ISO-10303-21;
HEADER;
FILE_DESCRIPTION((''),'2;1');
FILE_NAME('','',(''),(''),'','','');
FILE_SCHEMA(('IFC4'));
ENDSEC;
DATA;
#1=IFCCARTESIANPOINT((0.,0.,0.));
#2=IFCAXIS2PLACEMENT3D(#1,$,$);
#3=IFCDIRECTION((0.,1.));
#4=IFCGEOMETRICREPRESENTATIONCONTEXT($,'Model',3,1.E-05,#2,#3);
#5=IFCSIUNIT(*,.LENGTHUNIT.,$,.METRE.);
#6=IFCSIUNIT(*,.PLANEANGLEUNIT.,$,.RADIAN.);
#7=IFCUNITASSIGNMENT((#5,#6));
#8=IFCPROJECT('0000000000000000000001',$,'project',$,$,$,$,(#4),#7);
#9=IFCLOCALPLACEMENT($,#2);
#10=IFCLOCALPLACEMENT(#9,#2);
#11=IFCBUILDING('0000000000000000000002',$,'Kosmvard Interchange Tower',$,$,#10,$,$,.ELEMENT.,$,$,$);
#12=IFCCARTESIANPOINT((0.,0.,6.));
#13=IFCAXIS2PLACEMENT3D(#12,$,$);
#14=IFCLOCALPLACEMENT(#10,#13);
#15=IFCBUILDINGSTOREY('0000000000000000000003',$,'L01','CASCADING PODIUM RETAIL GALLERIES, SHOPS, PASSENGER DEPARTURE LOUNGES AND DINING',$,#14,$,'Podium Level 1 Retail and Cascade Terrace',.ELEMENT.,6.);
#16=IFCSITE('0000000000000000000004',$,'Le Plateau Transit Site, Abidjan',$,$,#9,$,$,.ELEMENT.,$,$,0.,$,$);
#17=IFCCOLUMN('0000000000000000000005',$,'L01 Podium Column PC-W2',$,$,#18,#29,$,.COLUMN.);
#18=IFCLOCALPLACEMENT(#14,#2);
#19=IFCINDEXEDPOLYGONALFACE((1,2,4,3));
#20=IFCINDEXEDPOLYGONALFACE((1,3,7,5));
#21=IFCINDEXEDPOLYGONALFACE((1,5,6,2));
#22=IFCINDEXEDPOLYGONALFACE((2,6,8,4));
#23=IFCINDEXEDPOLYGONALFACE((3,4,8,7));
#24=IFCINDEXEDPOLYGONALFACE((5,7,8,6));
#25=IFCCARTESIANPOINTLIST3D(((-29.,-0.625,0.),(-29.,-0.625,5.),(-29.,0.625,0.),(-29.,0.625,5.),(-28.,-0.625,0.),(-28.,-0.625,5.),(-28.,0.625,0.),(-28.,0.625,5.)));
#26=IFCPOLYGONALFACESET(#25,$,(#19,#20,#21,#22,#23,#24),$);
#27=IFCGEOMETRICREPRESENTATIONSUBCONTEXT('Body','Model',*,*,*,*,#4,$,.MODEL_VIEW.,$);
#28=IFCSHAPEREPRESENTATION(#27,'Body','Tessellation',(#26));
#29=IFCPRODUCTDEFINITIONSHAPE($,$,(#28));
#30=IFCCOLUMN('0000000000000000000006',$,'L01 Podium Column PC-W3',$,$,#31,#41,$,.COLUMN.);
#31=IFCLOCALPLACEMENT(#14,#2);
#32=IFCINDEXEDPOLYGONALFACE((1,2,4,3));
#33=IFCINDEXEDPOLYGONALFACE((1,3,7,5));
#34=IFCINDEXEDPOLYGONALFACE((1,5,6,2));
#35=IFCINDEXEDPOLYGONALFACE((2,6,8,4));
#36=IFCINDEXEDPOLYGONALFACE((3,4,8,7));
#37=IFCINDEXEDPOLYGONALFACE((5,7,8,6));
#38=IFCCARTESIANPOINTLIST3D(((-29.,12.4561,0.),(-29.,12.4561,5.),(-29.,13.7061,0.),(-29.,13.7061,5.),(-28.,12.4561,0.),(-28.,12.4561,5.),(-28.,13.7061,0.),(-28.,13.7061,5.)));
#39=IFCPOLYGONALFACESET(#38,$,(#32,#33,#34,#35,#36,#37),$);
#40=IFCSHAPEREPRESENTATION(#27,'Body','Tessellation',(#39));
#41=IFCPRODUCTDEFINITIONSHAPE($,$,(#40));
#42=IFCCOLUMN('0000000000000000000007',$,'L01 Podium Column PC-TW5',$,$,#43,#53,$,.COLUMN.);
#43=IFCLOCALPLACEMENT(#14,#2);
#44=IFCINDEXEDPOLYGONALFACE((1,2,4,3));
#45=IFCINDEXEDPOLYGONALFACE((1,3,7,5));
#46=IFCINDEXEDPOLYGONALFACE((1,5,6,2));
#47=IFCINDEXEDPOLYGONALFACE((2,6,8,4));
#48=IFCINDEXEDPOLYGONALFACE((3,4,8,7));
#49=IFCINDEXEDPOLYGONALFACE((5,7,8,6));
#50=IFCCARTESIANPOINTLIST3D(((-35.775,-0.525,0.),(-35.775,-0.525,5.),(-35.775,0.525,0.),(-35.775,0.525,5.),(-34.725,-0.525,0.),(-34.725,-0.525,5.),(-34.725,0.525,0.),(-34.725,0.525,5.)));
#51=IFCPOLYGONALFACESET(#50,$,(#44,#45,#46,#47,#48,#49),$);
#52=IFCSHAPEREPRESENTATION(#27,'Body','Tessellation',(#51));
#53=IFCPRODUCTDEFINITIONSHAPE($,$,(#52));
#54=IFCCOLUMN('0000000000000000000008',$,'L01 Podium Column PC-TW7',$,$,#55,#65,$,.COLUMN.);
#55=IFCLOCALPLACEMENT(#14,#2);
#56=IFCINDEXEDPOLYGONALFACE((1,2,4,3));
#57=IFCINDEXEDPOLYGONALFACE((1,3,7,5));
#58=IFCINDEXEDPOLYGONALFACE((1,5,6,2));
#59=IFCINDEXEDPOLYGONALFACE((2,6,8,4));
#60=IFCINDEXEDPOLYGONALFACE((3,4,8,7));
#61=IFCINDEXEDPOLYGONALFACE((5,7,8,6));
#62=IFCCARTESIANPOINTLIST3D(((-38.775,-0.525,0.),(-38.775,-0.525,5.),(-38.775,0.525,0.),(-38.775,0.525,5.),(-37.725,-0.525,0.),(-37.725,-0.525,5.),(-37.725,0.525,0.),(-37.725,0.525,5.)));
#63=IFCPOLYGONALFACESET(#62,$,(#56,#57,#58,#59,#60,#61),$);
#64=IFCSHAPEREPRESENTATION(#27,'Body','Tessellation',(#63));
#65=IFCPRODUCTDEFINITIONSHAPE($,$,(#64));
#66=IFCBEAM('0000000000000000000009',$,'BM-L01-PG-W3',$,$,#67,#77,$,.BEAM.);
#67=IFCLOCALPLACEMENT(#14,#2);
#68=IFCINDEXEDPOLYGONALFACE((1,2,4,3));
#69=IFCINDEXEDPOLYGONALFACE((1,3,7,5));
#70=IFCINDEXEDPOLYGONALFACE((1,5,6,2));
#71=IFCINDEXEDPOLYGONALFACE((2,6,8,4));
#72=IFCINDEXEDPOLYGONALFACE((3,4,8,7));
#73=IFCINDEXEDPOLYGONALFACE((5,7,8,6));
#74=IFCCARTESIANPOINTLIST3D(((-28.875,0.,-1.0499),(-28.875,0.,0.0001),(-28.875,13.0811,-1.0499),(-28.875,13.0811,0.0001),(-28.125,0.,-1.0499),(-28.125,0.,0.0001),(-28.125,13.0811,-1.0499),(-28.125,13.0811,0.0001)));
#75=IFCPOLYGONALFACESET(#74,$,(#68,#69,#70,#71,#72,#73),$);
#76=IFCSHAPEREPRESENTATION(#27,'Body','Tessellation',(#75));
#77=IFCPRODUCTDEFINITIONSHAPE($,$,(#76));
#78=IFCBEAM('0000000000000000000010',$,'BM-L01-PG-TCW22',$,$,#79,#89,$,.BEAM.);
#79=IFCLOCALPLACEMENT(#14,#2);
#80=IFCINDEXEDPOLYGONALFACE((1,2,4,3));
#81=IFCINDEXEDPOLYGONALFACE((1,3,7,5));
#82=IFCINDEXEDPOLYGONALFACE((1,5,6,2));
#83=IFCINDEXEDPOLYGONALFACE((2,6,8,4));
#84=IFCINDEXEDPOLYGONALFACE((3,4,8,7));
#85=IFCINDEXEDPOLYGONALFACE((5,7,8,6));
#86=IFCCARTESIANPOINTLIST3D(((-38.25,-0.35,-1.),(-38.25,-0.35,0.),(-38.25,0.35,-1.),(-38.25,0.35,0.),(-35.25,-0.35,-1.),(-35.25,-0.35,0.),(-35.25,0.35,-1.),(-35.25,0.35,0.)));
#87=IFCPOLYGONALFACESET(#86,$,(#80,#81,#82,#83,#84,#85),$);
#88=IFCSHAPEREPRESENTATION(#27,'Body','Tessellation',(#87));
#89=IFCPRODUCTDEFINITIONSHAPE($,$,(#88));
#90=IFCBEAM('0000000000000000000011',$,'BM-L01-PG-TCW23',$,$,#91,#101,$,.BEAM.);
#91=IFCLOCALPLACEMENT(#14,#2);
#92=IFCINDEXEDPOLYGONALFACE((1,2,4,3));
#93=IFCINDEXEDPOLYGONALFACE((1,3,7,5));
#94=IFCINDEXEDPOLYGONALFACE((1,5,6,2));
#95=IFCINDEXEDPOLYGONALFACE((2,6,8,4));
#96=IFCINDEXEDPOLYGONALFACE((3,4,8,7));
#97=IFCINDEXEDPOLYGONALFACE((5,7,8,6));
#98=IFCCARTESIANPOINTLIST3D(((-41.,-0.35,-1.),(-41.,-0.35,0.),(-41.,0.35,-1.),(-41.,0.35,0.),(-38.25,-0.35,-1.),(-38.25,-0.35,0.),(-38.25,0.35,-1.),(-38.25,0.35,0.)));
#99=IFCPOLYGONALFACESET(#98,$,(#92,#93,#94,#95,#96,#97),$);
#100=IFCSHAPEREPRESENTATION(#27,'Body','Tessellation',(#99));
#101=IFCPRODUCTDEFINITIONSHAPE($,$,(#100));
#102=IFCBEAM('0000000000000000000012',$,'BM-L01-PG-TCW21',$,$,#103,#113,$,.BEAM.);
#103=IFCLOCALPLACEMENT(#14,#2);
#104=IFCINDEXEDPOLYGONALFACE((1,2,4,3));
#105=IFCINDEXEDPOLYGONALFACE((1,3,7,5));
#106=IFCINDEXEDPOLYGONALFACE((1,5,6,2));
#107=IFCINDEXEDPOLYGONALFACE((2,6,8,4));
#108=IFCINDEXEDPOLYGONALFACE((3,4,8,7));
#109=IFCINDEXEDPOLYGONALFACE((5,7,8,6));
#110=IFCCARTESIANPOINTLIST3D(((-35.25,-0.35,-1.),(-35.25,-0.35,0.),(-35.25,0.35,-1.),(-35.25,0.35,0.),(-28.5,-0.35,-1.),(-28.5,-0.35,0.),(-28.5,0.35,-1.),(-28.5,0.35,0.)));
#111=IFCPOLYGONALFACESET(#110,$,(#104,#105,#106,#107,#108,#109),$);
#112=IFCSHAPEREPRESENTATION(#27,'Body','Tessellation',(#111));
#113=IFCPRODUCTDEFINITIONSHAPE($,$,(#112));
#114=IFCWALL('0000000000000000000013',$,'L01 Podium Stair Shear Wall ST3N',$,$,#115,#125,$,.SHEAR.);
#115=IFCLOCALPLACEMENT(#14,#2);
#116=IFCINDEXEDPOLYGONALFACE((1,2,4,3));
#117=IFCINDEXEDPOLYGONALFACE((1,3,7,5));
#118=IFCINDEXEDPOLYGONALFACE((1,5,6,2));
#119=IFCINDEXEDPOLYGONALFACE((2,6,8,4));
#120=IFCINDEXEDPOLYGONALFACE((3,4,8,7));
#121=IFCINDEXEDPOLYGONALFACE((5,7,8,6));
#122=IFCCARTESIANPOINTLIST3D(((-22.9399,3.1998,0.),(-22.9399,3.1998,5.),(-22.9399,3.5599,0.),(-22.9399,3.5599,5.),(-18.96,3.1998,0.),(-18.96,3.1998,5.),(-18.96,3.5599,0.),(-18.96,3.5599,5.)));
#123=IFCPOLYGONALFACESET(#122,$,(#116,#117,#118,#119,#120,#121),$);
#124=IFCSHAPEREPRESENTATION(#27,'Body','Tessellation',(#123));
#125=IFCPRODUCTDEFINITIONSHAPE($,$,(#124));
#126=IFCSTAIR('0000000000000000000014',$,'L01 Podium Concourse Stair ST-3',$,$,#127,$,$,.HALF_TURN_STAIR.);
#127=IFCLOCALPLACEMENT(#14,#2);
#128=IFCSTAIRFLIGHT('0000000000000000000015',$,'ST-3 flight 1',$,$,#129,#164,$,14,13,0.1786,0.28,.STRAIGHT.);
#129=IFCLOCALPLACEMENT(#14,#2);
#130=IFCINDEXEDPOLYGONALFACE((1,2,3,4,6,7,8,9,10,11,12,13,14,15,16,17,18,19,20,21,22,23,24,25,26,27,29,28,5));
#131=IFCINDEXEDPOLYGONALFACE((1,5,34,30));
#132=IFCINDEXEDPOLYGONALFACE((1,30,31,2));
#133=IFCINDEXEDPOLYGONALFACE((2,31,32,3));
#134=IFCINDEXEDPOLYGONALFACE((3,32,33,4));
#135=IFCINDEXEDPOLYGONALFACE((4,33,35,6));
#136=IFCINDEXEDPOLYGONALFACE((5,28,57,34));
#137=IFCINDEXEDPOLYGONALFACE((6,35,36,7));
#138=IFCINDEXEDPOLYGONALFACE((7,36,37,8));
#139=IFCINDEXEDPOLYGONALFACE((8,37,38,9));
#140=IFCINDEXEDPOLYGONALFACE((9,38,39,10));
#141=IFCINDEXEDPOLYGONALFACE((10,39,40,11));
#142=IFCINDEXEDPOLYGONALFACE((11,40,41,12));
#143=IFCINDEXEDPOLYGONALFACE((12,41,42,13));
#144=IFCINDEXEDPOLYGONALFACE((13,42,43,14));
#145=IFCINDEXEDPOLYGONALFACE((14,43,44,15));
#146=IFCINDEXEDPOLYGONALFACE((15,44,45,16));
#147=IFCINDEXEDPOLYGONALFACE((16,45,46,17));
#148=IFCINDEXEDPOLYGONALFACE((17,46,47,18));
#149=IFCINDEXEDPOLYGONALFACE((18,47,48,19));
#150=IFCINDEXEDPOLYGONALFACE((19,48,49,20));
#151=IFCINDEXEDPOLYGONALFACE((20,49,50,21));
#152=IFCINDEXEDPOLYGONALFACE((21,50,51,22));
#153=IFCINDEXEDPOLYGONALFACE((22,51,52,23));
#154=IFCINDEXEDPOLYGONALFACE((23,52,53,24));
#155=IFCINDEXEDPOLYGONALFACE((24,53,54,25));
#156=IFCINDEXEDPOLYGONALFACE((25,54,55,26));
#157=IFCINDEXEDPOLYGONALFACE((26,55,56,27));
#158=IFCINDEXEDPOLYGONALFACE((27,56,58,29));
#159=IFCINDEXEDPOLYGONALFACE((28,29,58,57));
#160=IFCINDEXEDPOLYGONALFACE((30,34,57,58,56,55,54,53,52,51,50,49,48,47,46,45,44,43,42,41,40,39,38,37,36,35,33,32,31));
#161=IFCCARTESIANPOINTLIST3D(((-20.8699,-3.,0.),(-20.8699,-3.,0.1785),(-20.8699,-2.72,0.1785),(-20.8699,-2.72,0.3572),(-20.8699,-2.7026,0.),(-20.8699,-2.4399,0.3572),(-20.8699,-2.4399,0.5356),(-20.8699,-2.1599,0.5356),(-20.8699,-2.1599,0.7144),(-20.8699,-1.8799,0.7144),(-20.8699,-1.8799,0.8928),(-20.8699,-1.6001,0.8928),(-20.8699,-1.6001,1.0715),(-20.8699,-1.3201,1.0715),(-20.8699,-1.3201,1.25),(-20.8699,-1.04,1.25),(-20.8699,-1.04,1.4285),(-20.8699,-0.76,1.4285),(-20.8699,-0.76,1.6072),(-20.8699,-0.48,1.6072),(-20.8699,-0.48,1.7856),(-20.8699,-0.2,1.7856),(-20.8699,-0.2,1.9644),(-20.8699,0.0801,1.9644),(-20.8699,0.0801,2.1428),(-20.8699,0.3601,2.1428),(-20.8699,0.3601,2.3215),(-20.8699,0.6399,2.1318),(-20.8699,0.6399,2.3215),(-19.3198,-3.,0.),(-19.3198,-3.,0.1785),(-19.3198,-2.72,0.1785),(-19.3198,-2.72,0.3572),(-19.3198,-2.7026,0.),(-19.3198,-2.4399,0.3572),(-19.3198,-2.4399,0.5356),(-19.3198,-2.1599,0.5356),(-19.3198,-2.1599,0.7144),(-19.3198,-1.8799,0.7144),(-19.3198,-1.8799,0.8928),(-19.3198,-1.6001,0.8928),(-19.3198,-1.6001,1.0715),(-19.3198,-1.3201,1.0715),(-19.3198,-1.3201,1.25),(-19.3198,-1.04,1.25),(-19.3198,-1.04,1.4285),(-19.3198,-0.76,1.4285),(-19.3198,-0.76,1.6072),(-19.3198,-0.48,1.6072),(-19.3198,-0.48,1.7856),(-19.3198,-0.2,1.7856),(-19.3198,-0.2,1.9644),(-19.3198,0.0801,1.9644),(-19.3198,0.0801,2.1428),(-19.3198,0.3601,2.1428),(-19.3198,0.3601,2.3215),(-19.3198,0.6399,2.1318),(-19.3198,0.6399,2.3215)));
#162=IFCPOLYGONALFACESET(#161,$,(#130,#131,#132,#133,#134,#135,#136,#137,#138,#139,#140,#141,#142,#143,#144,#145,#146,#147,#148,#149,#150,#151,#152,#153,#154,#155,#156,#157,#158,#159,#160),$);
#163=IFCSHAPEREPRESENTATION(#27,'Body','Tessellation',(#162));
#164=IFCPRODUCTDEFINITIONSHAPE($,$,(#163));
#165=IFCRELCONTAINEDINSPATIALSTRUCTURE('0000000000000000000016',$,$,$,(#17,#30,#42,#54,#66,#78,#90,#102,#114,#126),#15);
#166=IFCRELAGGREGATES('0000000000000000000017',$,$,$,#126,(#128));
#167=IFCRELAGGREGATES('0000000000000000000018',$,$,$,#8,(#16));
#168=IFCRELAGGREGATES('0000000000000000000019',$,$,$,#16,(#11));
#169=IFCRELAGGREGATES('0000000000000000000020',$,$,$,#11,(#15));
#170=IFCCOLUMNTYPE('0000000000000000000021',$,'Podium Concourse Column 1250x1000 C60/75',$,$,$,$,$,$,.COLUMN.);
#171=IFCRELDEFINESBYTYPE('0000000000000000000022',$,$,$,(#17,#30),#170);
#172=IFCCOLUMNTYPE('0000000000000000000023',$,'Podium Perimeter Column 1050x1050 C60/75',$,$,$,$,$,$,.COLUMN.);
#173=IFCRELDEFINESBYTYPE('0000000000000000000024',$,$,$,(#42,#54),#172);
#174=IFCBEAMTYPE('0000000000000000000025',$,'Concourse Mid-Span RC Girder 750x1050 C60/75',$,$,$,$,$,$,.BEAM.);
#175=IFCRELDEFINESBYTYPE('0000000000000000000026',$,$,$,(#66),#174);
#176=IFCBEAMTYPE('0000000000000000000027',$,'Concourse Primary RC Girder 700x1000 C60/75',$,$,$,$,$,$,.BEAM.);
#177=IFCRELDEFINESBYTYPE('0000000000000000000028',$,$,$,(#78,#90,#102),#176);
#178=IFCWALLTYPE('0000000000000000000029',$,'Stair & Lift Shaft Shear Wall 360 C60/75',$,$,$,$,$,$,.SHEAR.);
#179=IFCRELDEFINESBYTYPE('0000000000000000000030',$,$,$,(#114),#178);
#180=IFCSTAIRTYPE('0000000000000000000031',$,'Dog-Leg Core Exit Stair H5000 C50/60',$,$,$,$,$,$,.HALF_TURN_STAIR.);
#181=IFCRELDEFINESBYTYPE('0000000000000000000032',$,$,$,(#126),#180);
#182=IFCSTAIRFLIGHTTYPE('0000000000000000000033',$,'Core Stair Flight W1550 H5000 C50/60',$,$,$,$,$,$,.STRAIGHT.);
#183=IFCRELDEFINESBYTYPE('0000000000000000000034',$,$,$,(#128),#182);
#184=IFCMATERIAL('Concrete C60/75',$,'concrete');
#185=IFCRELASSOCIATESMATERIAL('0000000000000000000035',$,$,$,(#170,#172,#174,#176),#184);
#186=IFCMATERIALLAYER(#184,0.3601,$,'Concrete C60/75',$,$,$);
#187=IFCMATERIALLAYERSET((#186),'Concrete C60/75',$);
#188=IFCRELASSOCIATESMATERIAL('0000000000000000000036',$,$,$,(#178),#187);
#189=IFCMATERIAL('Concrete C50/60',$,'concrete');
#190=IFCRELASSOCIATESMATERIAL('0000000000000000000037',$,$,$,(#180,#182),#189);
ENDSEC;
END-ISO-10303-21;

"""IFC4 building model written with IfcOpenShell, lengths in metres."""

from ifc_helpers import new_model, si_unit, direction, frame, frame_2d, origin, origin_2d, place, context, subcontext, project, spatial, polyline, rectangle, outline, extrude, source, transform, mapped, material, layer, layer_set, material_profile, profile_set, type_object, element, aggregate, save


model = new_model("IFC4")

# Units and contexts
model_context = context("Model", 3, precision=1e-05, world=origin(), true_north=direction((0.0, 1.0)))
body_context = subcontext(model_context, "Body", "Model", "MODEL_VIEW")
ifc_project = project(units=[si_unit("LENGTHUNIT", "METRE"), si_unit("PLANEANGLEUNIT", "RADIAN")], contexts=[model_context])

# Site, building, storey
site_placement = place(None, origin())
site = spatial("IfcSite", under=ifc_project, at=site_placement, Name="Le Plateau Transit Site, Abidjan", CompositionType="ELEMENT", RefElevation=0.0)
building_placement = place(site_placement, origin())
building = spatial("IfcBuilding", under=site, at=building_placement, Name="Kosmvard Interchange Tower", CompositionType="ELEMENT")
storey_placement = place(building_placement, frame((0.0, 0.0, 6.0)))
storey = spatial("IfcBuildingStorey", under=building, at=storey_placement, Name="L01", Description="CASCADING PODIUM RETAIL GALLERIES, SHOPS, PASSENGER DEPARTURE LOUNGES AND DINING", LongName="Podium Level 1 Retail and Cascade Terrace", CompositionType="ELEMENT", Elevation=6.0)

# Columns
ifc_material_1 = material(Name="Concrete C60/75", Category="concrete")
ifc_material_profile_1 = material_profile(ifc_material_1, rectangle(XDim=1.0, YDim=1.25, at=origin_2d()), Name="PC 1250x1000")
ifc_profile_set_1 = profile_set([ifc_material_profile_1], Name="Concrete C60/75")
column_type_1 = type_object("IfcColumnType", Name="Podium Concourse Column 1250x1000 C60/75", PredefinedType="COLUMN", material=ifc_profile_set_1)
shared_shape_1 = source(origin(), body_context, "Body", "SweptSolid", [
    extrude(rectangle(XDim=1.0, YDim=1.25, at=origin_2d()), origin(), (0.0, 0.0, 1.0), 5.0),
])
for number, where, z_axis, x_axis, name in (
    (1, (-28.5, 0.0, 0.0), (0.0, 0.0, 1.0), (1.0, 0.0, 0.0), "L01 Podium Column PC-W2"),
    (2, (-28.5, 13.0811, 0.0), (0.0, 0.0, 1.0), (1.0, 0.0, 0.0), "L01 Podium Column PC-W3"),
):
    element("IfcColumn", number, at=place(storey_placement, frame(where, z_axis=z_axis, x_axis=x_axis)), inside=storey, type_object=column_type_1, Name=name, PredefinedType="COLUMN", context=body_context, shape_type="MappedRepresentation", body=[
        mapped(shared_shape_1, transform((0.0, 0.0, 0.0), scale=1.0)),
    ])
ifc_material_profile_2 = material_profile(ifc_material_1, rectangle(XDim=1.05, YDim=1.05, at=origin_2d()), Name="PC 1050x1050")
ifc_profile_set_2 = profile_set([ifc_material_profile_2], Name="Concrete C60/75")
column_type_2 = type_object("IfcColumnType", Name="Podium Perimeter Column 1050x1050 C60/75", PredefinedType="COLUMN", material=ifc_profile_set_2)
shared_shape_2 = source(origin(), body_context, "Body", "SweptSolid", [
    extrude(rectangle(XDim=1.05, YDim=1.05, at=origin_2d()), origin(), (0.0, 0.0, 1.0), 5.0),
])
for number, where, z_axis, x_axis, name in (
    (3, (-35.25, 0.0, 0.0), (0.0, 0.0, 1.0), (1.0, 0.0, 0.0), "L01 Podium Column PC-TW5"),
    (4, (-38.25, 0.0, 0.0), (0.0, 0.0, 1.0), (1.0, 0.0, 0.0), "L01 Podium Column PC-TW7"),
):
    element("IfcColumn", number, at=place(storey_placement, frame(where, z_axis=z_axis, x_axis=x_axis)), inside=storey, type_object=column_type_2, Name=name, PredefinedType="COLUMN", context=body_context, shape_type="MappedRepresentation", body=[
        mapped(shared_shape_2, transform((0.0, 0.0, 0.0), scale=1.0)),
    ])

# Beams
ifc_material_profile_3 = material_profile(ifc_material_1, rectangle(XDim=0.75, YDim=1.05, at=origin_2d()), Name="RCG 750x1050")
ifc_profile_set_3 = profile_set([ifc_material_profile_3], Name="Concrete C60/75")
beam_type_1 = type_object("IfcBeamType", Name="Concourse Mid-Span RC Girder 750x1050 C60/75", PredefinedType="BEAM", material=ifc_profile_set_3)
shared_shape_3 = source(origin(), body_context, "Body", "SweptSolid", [
    extrude(rectangle(XDim=0.75, YDim=1.05, at=origin_2d()), origin(), (0.0, 0.0, 1.0), 13.0811),
])
beam_1_placement = place(storey_placement, frame((-28.5, 0.0, -0.5249), z_axis=(0.0, 1.0, 0.0), x_axis=(-1.0, 0.0, 0.0)))
element("IfcBeam", 5, at=beam_1_placement, inside=storey, type_object=beam_type_1, Name="BM-L01-PG-W3", PredefinedType="BEAM", context=body_context, shape_type="MappedRepresentation", body=[
    mapped(shared_shape_3, transform((0.0, 0.0, 0.0), scale=1.0)),
])
ifc_material_profile_4 = material_profile(ifc_material_1, rectangle(XDim=0.7, YDim=1.0, at=origin_2d()), Name="RCG 700x1000")
ifc_profile_set_4 = profile_set([ifc_material_profile_4], Name="Concrete C60/75")
beam_type_2 = type_object("IfcBeamType", Name="Concourse Primary RC Girder 700x1000 C60/75", PredefinedType="BEAM", material=ifc_profile_set_4)
shared_shape_4 = source(origin(), body_context, "Body", "SweptSolid", [
    extrude(rectangle(XDim=0.7, YDim=1.0, at=origin_2d()), origin(), (0.0, 0.0, 1.0), 3.0),
])
beam_2_placement = place(storey_placement, frame((-35.25, 0.0, -0.5), z_axis=(-1.0, 0.0, 0.0), x_axis=(0.0, -1.0, 0.0)))
element("IfcBeam", 6, at=beam_2_placement, inside=storey, type_object=beam_type_2, Name="BM-L01-PG-TCW22", PredefinedType="BEAM", context=body_context, shape_type="MappedRepresentation", body=[
    mapped(shared_shape_4, transform((0.0, 0.0, 0.0), scale=1.0)),
])
shared_shape_5 = source(origin(), body_context, "Body", "SweptSolid", [
    extrude(rectangle(XDim=0.7, YDim=1.0, at=origin_2d()), origin(), (0.0, 0.0, 1.0), 2.75),
])
beam_3_placement = place(storey_placement, frame((-38.25, 0.0, -0.5), z_axis=(-1.0, 0.0, 0.0), x_axis=(0.0, -1.0, 0.0)))
element("IfcBeam", 7, at=beam_3_placement, inside=storey, type_object=beam_type_2, Name="BM-L01-PG-TCW23", PredefinedType="BEAM", context=body_context, shape_type="MappedRepresentation", body=[
    mapped(shared_shape_5, transform((0.0, 0.0, 0.0), scale=1.0)),
])
shared_shape_6 = source(origin(), body_context, "Body", "SweptSolid", [
    extrude(rectangle(XDim=0.7, YDim=1.0, at=origin_2d()), origin(), (0.0, 0.0, 1.0), 6.75),
])
beam_4_placement = place(storey_placement, frame((-28.5, 0.0, -0.5), z_axis=(-1.0, 0.0, 0.0), x_axis=(0.0, -1.0, 0.0)))
element("IfcBeam", 8, at=beam_4_placement, inside=storey, type_object=beam_type_2, Name="BM-L01-PG-TCW21", PredefinedType="BEAM", context=body_context, shape_type="MappedRepresentation", body=[
    mapped(shared_shape_6, transform((0.0, 0.0, 0.0), scale=1.0)),
])

# Wall
ifc_layer = layer(ifc_material_1, 0.3601, Name="Concrete C60/75")
ifc_layer_set = layer_set([ifc_layer], Name="Concrete C60/75")
wall_type = type_object("IfcWallType", Name="Stair & Lift Shaft Shear Wall 360 C60/75", PredefinedType="SHEAR", material=ifc_layer_set)
wall_placement = place(storey_placement, frame((-22.9399, 3.3799, 0.0), z_axis=(0.0, 0.0, 1.0), x_axis=(1.0, 0.0, 0.0)))
element("IfcWall", 9, at=wall_placement, inside=storey, type_object=wall_type, Name="L01 Podium Stair Shear Wall ST3N", PredefinedType="SHEAR", context=body_context, shape_type="SweptSolid", body=[
    extrude(rectangle(XDim=3.98, YDim=0.3601, at=frame_2d((1.99, 0.0))), origin(), (0.0, 0.0, 1.0), 5.0),
])

# Stair, stair flight
ifc_material_2 = material(Name="Concrete C50/60", Category="concrete")
stair_type = type_object("IfcStairType", Name="Dog-Leg Core Exit Stair H5000 C50/60", PredefinedType="HALF_TURN_STAIR", material=ifc_material_2)
stair_placement = place(storey_placement, origin())
stair = element("IfcStair", 10, at=stair_placement, inside=storey, type_object=stair_type, Name="L01 Podium Concourse Stair ST-3", PredefinedType="HALF_TURN_STAIR")
stair_flight_type = type_object("IfcStairFlightType", Name="Core Stair Flight W1550 H5000 C50/60", PredefinedType="STRAIGHT", material=ifc_material_2)
shared_shape_7 = source(origin(), body_context, "Body", "SweptSolid", [
    extrude(outline(polyline([(0.0, 0.0), (0.0, 0.1785), (0.28, 0.1785), (0.28, 0.3572), (0.5601, 0.3572), (0.5601, 0.5356), (0.8401, 0.5356), (0.8401, 0.7144), (1.1201, 0.7144), (1.1201, 0.8928), (1.3999, 0.8928), (1.3999, 1.0715), (1.6799, 1.0715), (1.6799, 1.25), (1.96, 1.25), (1.96, 1.4285), (2.24, 1.4285), (2.24, 1.6072), (2.52, 1.6072), (2.52, 1.7856), (2.8, 1.7856), (2.8, 1.9644), (3.0801, 1.9644), (3.0801, 2.1428), (3.3601, 2.1428), (3.3601, 2.3215), (3.6399, 2.3215), (3.6399, 2.5), (3.6399, 2.1318), (0.2974, 0.0), (0.0, 0.0)])), frame((0.0, 0.7749, 0.0), z_axis=(0.0, -1.0, 0.0), x_axis=(1.0, 0.0, 0.0)), (0.0, 0.0, 1.0), 1.55),
])
stair_flight_1_placement = place(storey_placement, frame((-20.095, -3.0, 0.0), z_axis=(0.0, 0.0, 1.0), x_axis=(0.0, 1.0, 0.0)))
stair_flight_1 = element("IfcStairFlight", 11, at=stair_flight_1_placement, type_object=stair_flight_type, Name="ST-3 flight 1", NumberOfRisers=14, NumberOfTreads=13, PredefinedType="STRAIGHT", RiserHeight=0.1786, TreadLength=0.28, context=body_context, shape_type="MappedRepresentation", body=[
    mapped(shared_shape_7, transform((0.0, 0.0, 0.0), scale=1.0)),
])
aggregate(stair, [stair_flight_1])

save(model, "model.ifc")
